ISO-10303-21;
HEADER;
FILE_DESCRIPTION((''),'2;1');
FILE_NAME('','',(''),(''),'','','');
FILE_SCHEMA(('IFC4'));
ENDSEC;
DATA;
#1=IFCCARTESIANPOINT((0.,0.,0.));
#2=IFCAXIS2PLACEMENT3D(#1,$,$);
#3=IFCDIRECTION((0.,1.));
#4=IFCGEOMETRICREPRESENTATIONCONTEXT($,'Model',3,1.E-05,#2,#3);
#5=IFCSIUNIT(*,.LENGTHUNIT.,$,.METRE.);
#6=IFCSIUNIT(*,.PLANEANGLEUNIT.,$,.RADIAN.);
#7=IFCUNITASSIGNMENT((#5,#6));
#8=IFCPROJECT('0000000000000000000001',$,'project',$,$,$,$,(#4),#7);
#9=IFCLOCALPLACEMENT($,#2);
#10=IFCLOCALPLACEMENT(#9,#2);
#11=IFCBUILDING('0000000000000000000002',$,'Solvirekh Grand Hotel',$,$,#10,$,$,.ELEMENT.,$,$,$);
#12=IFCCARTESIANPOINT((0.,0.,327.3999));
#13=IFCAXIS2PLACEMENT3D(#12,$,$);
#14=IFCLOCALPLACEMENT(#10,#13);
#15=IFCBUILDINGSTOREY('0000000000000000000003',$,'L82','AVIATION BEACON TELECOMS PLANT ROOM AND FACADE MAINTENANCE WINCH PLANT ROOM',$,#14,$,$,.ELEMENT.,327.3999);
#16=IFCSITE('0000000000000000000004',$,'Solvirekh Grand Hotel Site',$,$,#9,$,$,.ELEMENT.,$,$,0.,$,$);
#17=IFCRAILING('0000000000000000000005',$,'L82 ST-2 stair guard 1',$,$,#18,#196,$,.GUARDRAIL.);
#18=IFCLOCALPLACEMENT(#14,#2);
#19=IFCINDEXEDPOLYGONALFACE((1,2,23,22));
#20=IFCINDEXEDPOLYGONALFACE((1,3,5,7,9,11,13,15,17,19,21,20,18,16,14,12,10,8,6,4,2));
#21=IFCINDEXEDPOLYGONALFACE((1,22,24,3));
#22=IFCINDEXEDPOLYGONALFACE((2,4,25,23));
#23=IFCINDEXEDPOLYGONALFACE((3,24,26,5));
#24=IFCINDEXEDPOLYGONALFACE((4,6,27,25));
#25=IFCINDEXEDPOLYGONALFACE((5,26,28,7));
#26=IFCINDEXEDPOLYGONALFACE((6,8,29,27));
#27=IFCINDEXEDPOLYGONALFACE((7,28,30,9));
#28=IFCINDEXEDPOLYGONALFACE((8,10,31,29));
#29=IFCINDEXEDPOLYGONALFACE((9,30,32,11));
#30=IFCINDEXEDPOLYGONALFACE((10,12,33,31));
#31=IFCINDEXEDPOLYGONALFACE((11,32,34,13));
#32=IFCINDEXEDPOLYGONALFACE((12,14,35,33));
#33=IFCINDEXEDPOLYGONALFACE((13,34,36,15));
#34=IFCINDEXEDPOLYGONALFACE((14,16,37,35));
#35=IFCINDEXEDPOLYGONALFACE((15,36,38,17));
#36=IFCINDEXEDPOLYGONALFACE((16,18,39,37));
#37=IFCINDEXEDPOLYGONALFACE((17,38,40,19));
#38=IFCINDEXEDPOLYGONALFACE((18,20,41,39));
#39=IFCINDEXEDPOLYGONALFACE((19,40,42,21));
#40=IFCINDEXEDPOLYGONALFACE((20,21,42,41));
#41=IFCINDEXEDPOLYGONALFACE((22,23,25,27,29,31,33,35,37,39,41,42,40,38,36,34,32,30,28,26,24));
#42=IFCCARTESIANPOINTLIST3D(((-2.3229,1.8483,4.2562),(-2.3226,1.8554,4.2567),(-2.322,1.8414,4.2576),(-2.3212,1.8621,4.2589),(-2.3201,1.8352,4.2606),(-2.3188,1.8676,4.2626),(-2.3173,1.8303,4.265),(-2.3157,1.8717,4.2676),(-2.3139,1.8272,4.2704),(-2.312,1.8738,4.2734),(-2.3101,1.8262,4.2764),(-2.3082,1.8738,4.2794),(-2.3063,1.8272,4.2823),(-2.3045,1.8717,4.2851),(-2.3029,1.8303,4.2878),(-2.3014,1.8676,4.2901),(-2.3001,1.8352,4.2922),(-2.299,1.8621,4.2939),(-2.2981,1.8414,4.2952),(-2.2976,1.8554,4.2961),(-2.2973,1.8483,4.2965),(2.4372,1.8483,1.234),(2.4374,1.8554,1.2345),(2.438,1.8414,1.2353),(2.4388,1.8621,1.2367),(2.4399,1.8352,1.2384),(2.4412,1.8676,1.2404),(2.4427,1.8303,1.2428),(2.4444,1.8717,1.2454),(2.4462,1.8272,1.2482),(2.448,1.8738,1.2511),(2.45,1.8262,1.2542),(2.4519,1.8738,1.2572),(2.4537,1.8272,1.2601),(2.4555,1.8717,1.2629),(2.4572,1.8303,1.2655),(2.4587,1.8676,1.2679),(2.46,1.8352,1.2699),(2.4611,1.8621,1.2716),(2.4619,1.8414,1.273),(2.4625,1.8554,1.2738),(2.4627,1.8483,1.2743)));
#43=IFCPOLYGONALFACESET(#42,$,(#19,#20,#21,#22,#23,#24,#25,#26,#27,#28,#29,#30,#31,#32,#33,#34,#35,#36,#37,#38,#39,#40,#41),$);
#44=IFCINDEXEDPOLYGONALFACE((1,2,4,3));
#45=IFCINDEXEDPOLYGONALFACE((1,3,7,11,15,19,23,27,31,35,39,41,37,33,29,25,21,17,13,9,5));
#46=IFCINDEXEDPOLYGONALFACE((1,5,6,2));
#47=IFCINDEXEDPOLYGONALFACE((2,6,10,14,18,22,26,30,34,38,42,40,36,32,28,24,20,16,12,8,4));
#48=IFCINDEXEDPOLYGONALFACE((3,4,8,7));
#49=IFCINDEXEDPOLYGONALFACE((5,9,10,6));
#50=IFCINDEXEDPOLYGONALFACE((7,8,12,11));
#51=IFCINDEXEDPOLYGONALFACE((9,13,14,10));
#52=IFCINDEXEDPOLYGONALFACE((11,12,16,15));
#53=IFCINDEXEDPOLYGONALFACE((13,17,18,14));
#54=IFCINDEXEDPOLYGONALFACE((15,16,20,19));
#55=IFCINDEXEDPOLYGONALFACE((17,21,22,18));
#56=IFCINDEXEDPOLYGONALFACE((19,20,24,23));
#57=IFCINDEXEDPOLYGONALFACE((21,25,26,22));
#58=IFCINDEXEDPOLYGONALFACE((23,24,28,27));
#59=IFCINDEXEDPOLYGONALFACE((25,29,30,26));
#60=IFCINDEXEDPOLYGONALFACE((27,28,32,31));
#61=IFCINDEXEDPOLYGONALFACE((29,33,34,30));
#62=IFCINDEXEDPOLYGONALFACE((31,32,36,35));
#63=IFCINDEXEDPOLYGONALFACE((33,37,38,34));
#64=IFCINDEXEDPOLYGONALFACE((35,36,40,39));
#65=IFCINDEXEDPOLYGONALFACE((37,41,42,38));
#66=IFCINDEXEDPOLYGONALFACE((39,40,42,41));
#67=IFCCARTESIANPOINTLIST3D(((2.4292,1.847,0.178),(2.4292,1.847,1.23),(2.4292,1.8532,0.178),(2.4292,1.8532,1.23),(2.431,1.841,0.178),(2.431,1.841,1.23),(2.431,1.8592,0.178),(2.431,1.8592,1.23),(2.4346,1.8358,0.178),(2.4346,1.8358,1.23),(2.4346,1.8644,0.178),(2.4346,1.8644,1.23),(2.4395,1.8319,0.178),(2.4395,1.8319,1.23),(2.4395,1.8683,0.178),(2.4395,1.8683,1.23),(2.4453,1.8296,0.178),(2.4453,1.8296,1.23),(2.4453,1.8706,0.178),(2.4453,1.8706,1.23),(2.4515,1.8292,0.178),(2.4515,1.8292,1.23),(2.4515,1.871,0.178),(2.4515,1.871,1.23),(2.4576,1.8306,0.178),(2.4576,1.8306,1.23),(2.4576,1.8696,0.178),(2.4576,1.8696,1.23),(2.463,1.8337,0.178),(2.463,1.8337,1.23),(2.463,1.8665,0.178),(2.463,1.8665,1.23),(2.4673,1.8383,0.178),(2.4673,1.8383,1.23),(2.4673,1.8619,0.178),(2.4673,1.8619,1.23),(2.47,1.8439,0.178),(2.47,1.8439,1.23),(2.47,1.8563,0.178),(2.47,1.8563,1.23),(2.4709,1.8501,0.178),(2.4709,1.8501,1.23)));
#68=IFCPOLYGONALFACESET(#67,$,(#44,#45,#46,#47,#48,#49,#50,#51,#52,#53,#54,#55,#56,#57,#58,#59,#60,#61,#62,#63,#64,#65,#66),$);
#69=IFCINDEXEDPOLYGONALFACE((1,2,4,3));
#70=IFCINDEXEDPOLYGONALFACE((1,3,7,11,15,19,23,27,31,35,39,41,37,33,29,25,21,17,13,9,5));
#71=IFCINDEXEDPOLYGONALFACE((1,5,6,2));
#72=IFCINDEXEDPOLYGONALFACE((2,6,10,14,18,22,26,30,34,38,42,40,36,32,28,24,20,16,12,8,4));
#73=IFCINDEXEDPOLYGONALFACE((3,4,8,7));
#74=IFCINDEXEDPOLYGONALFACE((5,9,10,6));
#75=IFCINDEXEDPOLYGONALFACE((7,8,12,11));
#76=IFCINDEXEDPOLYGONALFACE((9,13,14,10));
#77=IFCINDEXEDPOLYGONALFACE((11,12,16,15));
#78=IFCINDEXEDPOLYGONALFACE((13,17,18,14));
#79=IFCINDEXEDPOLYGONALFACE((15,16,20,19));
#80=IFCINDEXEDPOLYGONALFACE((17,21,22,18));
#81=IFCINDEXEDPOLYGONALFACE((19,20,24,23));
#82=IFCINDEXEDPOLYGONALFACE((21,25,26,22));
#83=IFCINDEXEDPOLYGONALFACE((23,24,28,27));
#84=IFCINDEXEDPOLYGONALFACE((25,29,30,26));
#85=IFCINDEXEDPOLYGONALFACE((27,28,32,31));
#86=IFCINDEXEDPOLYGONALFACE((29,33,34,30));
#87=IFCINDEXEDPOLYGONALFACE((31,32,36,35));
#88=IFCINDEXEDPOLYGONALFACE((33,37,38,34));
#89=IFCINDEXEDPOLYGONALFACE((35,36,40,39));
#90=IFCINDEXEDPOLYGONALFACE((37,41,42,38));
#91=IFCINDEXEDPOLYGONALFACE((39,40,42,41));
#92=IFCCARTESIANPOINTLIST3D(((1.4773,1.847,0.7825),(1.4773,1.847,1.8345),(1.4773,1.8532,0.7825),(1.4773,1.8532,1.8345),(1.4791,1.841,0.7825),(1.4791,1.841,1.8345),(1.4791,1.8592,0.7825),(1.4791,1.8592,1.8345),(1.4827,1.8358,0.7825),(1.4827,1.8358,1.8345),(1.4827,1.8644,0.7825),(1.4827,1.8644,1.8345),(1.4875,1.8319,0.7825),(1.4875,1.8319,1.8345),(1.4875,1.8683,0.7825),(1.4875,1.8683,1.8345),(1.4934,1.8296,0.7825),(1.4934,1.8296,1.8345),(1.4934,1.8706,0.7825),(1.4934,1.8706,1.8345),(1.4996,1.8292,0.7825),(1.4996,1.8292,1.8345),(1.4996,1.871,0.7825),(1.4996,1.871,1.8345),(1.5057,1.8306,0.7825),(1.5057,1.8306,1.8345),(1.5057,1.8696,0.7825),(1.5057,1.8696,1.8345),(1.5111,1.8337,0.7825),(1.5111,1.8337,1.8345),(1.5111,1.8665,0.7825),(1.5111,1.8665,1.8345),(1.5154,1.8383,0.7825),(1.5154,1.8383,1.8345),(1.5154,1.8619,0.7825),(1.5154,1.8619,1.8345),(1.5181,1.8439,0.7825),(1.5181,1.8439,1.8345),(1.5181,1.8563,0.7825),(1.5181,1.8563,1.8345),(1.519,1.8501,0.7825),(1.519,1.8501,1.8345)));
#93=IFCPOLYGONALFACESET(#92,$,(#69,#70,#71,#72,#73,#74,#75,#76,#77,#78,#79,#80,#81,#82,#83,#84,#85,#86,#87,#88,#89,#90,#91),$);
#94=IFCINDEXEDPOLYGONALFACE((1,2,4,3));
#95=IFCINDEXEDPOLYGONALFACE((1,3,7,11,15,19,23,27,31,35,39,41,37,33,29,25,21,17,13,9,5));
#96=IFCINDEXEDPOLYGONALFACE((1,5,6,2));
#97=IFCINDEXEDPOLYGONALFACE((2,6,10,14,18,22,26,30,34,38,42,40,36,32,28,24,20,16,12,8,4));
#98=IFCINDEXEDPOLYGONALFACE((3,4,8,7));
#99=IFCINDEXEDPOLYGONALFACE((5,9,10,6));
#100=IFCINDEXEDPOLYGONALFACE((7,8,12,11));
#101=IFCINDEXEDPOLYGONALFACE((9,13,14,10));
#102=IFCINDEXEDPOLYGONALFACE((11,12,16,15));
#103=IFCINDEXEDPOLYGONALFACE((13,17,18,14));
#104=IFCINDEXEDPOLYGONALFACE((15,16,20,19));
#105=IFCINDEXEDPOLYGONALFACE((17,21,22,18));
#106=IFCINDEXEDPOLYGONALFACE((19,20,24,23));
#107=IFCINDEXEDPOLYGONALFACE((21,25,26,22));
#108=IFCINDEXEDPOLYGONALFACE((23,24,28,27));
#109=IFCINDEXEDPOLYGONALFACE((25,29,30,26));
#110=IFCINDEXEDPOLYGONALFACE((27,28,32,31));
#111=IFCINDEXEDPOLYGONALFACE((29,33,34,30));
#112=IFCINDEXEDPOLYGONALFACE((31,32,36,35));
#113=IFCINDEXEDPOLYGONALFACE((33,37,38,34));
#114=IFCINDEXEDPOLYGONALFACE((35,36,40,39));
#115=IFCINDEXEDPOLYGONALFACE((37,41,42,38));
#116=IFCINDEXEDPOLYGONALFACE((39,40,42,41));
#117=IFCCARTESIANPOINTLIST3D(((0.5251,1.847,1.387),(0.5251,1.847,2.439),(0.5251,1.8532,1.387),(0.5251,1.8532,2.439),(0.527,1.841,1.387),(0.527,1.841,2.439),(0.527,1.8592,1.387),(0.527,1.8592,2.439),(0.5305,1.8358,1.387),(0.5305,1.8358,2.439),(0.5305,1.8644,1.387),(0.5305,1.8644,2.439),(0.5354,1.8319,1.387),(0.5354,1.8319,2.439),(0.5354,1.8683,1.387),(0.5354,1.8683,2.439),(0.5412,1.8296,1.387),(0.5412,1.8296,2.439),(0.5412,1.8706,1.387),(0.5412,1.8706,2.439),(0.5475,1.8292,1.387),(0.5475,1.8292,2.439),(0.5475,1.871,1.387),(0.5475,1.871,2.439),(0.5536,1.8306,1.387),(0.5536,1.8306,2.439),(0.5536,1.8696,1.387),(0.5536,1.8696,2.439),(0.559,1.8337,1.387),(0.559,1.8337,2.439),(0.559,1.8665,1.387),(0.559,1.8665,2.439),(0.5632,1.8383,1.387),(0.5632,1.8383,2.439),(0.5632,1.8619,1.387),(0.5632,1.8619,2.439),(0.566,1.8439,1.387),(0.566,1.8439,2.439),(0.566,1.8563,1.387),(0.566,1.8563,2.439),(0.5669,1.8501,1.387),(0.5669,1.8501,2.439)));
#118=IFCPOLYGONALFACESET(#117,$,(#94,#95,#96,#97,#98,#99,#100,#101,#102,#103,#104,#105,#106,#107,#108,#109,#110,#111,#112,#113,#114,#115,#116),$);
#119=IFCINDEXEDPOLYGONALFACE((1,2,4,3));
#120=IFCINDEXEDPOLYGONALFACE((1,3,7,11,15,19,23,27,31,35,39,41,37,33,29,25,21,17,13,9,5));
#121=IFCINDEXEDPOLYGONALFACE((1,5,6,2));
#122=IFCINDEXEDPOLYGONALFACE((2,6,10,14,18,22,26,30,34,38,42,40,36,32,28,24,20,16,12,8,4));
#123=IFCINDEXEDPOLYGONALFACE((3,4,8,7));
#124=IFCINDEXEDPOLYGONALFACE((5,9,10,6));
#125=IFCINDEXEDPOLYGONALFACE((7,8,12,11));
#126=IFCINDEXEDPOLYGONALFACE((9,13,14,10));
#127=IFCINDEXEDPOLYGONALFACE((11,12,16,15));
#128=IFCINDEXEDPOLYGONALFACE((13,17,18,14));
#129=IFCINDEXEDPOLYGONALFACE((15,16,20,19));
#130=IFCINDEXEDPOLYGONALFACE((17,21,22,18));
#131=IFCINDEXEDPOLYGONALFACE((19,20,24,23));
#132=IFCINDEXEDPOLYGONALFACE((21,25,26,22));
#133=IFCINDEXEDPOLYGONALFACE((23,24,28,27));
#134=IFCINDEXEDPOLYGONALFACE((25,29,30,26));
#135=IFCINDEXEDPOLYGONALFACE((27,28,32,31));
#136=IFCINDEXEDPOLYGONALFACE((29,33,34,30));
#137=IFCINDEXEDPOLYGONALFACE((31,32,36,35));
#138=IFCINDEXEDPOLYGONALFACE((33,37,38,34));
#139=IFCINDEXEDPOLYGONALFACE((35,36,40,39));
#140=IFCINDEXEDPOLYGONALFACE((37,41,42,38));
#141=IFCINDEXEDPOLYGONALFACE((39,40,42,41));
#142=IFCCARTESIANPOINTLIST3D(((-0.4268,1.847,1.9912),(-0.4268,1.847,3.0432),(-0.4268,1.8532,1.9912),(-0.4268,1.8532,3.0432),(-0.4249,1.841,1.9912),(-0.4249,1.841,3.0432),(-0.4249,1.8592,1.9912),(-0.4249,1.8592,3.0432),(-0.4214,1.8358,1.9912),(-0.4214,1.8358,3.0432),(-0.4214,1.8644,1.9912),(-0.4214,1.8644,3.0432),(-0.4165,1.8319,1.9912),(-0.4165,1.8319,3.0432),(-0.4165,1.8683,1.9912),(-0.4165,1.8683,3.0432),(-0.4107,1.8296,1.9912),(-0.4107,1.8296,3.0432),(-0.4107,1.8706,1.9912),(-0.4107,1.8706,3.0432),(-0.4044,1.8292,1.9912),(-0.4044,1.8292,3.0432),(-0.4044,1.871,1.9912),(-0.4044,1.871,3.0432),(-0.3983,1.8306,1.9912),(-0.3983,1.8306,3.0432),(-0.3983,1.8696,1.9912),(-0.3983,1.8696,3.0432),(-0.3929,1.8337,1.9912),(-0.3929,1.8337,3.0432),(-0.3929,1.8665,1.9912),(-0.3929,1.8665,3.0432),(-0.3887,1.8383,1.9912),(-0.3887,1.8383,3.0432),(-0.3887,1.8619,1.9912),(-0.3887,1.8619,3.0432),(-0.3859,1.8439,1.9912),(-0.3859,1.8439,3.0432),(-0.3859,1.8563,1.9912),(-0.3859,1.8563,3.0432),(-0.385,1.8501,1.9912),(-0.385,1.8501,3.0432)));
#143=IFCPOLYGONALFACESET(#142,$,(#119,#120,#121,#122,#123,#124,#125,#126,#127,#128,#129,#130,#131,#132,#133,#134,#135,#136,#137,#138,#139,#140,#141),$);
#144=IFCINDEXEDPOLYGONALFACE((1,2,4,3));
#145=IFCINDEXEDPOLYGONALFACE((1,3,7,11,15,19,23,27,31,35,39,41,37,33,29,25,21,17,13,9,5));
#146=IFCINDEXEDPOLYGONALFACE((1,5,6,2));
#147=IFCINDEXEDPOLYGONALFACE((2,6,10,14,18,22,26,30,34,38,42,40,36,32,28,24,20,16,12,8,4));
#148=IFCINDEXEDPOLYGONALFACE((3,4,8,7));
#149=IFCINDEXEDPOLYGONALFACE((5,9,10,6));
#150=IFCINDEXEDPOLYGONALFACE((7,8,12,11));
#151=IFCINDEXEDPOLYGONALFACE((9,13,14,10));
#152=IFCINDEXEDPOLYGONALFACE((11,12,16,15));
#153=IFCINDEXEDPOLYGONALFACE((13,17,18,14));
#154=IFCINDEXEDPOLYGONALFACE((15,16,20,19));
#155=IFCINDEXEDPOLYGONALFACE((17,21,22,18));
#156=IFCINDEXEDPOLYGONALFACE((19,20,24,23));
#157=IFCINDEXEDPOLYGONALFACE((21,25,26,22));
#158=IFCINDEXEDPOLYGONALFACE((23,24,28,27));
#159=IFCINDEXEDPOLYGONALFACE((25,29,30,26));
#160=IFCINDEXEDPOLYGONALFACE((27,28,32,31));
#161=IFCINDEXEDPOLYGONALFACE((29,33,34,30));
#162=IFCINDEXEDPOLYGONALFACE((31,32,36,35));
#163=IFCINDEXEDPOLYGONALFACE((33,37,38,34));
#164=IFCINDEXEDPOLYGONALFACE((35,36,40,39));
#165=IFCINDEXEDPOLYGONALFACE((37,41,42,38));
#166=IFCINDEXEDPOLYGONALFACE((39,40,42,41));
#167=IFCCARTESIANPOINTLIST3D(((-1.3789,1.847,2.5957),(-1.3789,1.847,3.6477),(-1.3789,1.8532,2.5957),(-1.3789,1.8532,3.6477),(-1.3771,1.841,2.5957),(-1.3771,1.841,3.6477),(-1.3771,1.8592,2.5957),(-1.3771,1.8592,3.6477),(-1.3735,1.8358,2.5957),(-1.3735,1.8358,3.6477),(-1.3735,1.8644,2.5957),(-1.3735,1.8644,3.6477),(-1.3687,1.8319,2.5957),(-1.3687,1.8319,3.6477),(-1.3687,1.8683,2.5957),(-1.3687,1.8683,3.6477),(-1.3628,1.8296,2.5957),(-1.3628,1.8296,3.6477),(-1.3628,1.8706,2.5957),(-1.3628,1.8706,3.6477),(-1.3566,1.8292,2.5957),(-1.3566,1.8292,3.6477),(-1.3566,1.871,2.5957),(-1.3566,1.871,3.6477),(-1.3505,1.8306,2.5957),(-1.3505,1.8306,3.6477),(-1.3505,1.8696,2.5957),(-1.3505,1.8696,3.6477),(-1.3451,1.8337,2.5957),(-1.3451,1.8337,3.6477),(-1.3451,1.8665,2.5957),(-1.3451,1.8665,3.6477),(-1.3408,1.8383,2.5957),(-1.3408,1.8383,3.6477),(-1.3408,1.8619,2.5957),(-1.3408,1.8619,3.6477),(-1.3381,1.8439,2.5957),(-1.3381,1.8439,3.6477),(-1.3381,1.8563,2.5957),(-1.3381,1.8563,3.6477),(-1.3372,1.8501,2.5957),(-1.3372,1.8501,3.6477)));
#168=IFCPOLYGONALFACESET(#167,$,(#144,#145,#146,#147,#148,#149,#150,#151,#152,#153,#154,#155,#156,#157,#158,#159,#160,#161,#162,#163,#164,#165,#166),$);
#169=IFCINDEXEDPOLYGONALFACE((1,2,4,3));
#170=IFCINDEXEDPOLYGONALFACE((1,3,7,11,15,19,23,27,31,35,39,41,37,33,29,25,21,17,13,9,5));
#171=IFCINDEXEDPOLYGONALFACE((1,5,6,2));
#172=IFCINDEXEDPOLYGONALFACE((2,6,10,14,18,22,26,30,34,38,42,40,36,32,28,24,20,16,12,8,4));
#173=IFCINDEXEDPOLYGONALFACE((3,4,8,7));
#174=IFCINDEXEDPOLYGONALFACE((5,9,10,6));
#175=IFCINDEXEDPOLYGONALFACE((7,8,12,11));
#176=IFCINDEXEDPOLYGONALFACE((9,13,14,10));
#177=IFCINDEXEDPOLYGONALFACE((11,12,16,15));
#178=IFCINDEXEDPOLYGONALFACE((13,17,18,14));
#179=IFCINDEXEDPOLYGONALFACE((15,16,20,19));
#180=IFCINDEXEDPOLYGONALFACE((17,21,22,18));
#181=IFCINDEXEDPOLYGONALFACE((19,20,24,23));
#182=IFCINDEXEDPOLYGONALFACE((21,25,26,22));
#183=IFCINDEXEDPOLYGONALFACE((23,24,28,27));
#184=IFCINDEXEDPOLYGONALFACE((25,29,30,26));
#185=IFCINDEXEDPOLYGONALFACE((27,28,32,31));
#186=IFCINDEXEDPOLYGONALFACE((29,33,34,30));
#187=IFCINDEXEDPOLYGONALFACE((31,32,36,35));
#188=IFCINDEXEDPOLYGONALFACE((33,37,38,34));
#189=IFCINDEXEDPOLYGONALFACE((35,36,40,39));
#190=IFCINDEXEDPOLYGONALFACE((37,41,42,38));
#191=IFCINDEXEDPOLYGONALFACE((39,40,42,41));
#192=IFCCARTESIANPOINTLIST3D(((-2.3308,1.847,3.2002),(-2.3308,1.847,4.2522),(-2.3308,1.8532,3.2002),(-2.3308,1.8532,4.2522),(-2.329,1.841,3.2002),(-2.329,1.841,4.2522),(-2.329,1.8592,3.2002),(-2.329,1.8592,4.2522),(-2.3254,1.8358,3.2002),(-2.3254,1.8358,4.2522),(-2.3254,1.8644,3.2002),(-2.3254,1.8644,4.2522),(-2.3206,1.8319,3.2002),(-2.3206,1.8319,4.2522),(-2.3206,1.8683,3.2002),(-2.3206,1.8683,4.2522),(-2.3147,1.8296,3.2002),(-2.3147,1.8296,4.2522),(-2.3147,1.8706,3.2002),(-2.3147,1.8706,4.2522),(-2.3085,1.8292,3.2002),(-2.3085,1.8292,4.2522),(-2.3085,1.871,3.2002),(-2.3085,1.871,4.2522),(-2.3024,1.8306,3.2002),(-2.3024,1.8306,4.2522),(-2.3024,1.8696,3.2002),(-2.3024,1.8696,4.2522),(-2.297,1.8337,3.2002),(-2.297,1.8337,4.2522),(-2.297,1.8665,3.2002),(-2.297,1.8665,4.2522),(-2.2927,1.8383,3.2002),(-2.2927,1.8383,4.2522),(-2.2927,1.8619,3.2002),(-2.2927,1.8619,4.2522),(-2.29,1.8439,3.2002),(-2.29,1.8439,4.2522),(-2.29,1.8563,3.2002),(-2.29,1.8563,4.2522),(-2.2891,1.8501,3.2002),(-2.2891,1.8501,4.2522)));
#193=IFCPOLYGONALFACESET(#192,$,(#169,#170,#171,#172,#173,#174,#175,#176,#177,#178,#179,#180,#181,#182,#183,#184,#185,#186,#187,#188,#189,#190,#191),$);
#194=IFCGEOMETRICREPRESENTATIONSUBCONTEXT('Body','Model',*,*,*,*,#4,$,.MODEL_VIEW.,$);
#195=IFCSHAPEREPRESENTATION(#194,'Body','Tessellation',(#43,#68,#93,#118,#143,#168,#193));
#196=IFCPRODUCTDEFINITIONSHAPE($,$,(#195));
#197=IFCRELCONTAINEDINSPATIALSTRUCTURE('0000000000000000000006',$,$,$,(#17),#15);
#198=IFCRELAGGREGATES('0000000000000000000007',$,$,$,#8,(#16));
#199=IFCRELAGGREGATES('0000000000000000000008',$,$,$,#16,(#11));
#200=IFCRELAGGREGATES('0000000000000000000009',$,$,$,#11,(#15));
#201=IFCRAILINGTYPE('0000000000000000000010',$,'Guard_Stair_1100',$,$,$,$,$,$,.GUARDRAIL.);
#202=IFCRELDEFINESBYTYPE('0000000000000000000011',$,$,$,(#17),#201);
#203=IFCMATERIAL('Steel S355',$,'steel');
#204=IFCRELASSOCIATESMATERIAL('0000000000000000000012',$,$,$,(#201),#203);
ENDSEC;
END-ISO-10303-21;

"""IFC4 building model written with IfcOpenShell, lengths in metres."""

from ifc_helpers import new_model, si_unit, direction, frame, origin, origin_2d, place, context, subcontext, project, spatial, circle, extrude, material, type_object, element, save


model = new_model("IFC4")

# Units and contexts
model_context = context("Model", 3, precision=1e-05, world=origin(), true_north=direction((0.0, 1.0)))
body_context = subcontext(model_context, "Body", "Model", "MODEL_VIEW")
ifc_project = project(units=[si_unit("LENGTHUNIT", "METRE"), si_unit("PLANEANGLEUNIT", "RADIAN")], contexts=[model_context])

# Site, building, storey
site_placement = place(None, origin())
site = spatial("IfcSite", under=ifc_project, at=site_placement, Name="Solvirekh Grand Hotel Site", CompositionType="ELEMENT", RefElevation=0.0)
building_placement = place(site_placement, origin())
building = spatial("IfcBuilding", under=site, at=building_placement, Name="Solvirekh Grand Hotel", CompositionType="ELEMENT")
storey_placement = place(building_placement, frame((0.0, 0.0, 327.3999)))
storey = spatial("IfcBuildingStorey", under=building, at=storey_placement, Name="L82", Description="AVIATION BEACON TELECOMS PLANT ROOM AND FACADE MAINTENANCE WINCH PLANT ROOM", CompositionType="ELEMENT", Elevation=327.3999)

# Shared definitions
ifc_material_1 = material(Name="Steel S355", Category="steel")

# Railing
railing_type_1 = type_object("IfcRailingType", Name="Guard_Stair_1100", PredefinedType="GUARDRAIL", material=ifc_material_1)
railing_1_placement = place(storey_placement, frame((2.45, 1.8501, 0.178)))
element("IfcRailing", 1, at=railing_1_placement, inside=storey, type_object=railing_type_1, Name="L82 ST-2 stair guard 1", PredefinedType="GUARDRAIL", context=body_context, shape_type="SweptSolid", body=[
    extrude(circle(Radius=0.0239, at=origin_2d()), frame((0.0, 0.0, 1.0762), z_axis=(-0.844214, 0.0, 0.536007), x_axis=(0.0, -1.0, 0.0)), (0.0, 0.0, 1.0), 5.6384),
    extrude(circle(Radius=0.021, at=origin_2d()), origin(), (0.0, 0.0, 1.0), 1.052),
    extrude(circle(Radius=0.021, at=origin_2d()), frame((-0.9519, 0.0, 0.6045)), (0.0, 0.0, 1.0), 1.052),
    extrude(circle(Radius=0.021, at=origin_2d()), frame((-1.9041, 0.0, 1.209)), (0.0, 0.0, 1.0), 1.052),
    extrude(circle(Radius=0.021, at=origin_2d()), frame((-2.856, 0.0, 1.8132)), (0.0, 0.0, 1.0), 1.052),
    extrude(circle(Radius=0.021, at=origin_2d()), frame((-3.8081, 0.0, 2.4177)), (0.0, 0.0, 1.0), 1.052),
    extrude(circle(Radius=0.021, at=origin_2d()), frame((-4.76, 0.0, 3.0222)), (0.0, 0.0, 1.0), 1.052),
])

save(model, "model.ifc")
